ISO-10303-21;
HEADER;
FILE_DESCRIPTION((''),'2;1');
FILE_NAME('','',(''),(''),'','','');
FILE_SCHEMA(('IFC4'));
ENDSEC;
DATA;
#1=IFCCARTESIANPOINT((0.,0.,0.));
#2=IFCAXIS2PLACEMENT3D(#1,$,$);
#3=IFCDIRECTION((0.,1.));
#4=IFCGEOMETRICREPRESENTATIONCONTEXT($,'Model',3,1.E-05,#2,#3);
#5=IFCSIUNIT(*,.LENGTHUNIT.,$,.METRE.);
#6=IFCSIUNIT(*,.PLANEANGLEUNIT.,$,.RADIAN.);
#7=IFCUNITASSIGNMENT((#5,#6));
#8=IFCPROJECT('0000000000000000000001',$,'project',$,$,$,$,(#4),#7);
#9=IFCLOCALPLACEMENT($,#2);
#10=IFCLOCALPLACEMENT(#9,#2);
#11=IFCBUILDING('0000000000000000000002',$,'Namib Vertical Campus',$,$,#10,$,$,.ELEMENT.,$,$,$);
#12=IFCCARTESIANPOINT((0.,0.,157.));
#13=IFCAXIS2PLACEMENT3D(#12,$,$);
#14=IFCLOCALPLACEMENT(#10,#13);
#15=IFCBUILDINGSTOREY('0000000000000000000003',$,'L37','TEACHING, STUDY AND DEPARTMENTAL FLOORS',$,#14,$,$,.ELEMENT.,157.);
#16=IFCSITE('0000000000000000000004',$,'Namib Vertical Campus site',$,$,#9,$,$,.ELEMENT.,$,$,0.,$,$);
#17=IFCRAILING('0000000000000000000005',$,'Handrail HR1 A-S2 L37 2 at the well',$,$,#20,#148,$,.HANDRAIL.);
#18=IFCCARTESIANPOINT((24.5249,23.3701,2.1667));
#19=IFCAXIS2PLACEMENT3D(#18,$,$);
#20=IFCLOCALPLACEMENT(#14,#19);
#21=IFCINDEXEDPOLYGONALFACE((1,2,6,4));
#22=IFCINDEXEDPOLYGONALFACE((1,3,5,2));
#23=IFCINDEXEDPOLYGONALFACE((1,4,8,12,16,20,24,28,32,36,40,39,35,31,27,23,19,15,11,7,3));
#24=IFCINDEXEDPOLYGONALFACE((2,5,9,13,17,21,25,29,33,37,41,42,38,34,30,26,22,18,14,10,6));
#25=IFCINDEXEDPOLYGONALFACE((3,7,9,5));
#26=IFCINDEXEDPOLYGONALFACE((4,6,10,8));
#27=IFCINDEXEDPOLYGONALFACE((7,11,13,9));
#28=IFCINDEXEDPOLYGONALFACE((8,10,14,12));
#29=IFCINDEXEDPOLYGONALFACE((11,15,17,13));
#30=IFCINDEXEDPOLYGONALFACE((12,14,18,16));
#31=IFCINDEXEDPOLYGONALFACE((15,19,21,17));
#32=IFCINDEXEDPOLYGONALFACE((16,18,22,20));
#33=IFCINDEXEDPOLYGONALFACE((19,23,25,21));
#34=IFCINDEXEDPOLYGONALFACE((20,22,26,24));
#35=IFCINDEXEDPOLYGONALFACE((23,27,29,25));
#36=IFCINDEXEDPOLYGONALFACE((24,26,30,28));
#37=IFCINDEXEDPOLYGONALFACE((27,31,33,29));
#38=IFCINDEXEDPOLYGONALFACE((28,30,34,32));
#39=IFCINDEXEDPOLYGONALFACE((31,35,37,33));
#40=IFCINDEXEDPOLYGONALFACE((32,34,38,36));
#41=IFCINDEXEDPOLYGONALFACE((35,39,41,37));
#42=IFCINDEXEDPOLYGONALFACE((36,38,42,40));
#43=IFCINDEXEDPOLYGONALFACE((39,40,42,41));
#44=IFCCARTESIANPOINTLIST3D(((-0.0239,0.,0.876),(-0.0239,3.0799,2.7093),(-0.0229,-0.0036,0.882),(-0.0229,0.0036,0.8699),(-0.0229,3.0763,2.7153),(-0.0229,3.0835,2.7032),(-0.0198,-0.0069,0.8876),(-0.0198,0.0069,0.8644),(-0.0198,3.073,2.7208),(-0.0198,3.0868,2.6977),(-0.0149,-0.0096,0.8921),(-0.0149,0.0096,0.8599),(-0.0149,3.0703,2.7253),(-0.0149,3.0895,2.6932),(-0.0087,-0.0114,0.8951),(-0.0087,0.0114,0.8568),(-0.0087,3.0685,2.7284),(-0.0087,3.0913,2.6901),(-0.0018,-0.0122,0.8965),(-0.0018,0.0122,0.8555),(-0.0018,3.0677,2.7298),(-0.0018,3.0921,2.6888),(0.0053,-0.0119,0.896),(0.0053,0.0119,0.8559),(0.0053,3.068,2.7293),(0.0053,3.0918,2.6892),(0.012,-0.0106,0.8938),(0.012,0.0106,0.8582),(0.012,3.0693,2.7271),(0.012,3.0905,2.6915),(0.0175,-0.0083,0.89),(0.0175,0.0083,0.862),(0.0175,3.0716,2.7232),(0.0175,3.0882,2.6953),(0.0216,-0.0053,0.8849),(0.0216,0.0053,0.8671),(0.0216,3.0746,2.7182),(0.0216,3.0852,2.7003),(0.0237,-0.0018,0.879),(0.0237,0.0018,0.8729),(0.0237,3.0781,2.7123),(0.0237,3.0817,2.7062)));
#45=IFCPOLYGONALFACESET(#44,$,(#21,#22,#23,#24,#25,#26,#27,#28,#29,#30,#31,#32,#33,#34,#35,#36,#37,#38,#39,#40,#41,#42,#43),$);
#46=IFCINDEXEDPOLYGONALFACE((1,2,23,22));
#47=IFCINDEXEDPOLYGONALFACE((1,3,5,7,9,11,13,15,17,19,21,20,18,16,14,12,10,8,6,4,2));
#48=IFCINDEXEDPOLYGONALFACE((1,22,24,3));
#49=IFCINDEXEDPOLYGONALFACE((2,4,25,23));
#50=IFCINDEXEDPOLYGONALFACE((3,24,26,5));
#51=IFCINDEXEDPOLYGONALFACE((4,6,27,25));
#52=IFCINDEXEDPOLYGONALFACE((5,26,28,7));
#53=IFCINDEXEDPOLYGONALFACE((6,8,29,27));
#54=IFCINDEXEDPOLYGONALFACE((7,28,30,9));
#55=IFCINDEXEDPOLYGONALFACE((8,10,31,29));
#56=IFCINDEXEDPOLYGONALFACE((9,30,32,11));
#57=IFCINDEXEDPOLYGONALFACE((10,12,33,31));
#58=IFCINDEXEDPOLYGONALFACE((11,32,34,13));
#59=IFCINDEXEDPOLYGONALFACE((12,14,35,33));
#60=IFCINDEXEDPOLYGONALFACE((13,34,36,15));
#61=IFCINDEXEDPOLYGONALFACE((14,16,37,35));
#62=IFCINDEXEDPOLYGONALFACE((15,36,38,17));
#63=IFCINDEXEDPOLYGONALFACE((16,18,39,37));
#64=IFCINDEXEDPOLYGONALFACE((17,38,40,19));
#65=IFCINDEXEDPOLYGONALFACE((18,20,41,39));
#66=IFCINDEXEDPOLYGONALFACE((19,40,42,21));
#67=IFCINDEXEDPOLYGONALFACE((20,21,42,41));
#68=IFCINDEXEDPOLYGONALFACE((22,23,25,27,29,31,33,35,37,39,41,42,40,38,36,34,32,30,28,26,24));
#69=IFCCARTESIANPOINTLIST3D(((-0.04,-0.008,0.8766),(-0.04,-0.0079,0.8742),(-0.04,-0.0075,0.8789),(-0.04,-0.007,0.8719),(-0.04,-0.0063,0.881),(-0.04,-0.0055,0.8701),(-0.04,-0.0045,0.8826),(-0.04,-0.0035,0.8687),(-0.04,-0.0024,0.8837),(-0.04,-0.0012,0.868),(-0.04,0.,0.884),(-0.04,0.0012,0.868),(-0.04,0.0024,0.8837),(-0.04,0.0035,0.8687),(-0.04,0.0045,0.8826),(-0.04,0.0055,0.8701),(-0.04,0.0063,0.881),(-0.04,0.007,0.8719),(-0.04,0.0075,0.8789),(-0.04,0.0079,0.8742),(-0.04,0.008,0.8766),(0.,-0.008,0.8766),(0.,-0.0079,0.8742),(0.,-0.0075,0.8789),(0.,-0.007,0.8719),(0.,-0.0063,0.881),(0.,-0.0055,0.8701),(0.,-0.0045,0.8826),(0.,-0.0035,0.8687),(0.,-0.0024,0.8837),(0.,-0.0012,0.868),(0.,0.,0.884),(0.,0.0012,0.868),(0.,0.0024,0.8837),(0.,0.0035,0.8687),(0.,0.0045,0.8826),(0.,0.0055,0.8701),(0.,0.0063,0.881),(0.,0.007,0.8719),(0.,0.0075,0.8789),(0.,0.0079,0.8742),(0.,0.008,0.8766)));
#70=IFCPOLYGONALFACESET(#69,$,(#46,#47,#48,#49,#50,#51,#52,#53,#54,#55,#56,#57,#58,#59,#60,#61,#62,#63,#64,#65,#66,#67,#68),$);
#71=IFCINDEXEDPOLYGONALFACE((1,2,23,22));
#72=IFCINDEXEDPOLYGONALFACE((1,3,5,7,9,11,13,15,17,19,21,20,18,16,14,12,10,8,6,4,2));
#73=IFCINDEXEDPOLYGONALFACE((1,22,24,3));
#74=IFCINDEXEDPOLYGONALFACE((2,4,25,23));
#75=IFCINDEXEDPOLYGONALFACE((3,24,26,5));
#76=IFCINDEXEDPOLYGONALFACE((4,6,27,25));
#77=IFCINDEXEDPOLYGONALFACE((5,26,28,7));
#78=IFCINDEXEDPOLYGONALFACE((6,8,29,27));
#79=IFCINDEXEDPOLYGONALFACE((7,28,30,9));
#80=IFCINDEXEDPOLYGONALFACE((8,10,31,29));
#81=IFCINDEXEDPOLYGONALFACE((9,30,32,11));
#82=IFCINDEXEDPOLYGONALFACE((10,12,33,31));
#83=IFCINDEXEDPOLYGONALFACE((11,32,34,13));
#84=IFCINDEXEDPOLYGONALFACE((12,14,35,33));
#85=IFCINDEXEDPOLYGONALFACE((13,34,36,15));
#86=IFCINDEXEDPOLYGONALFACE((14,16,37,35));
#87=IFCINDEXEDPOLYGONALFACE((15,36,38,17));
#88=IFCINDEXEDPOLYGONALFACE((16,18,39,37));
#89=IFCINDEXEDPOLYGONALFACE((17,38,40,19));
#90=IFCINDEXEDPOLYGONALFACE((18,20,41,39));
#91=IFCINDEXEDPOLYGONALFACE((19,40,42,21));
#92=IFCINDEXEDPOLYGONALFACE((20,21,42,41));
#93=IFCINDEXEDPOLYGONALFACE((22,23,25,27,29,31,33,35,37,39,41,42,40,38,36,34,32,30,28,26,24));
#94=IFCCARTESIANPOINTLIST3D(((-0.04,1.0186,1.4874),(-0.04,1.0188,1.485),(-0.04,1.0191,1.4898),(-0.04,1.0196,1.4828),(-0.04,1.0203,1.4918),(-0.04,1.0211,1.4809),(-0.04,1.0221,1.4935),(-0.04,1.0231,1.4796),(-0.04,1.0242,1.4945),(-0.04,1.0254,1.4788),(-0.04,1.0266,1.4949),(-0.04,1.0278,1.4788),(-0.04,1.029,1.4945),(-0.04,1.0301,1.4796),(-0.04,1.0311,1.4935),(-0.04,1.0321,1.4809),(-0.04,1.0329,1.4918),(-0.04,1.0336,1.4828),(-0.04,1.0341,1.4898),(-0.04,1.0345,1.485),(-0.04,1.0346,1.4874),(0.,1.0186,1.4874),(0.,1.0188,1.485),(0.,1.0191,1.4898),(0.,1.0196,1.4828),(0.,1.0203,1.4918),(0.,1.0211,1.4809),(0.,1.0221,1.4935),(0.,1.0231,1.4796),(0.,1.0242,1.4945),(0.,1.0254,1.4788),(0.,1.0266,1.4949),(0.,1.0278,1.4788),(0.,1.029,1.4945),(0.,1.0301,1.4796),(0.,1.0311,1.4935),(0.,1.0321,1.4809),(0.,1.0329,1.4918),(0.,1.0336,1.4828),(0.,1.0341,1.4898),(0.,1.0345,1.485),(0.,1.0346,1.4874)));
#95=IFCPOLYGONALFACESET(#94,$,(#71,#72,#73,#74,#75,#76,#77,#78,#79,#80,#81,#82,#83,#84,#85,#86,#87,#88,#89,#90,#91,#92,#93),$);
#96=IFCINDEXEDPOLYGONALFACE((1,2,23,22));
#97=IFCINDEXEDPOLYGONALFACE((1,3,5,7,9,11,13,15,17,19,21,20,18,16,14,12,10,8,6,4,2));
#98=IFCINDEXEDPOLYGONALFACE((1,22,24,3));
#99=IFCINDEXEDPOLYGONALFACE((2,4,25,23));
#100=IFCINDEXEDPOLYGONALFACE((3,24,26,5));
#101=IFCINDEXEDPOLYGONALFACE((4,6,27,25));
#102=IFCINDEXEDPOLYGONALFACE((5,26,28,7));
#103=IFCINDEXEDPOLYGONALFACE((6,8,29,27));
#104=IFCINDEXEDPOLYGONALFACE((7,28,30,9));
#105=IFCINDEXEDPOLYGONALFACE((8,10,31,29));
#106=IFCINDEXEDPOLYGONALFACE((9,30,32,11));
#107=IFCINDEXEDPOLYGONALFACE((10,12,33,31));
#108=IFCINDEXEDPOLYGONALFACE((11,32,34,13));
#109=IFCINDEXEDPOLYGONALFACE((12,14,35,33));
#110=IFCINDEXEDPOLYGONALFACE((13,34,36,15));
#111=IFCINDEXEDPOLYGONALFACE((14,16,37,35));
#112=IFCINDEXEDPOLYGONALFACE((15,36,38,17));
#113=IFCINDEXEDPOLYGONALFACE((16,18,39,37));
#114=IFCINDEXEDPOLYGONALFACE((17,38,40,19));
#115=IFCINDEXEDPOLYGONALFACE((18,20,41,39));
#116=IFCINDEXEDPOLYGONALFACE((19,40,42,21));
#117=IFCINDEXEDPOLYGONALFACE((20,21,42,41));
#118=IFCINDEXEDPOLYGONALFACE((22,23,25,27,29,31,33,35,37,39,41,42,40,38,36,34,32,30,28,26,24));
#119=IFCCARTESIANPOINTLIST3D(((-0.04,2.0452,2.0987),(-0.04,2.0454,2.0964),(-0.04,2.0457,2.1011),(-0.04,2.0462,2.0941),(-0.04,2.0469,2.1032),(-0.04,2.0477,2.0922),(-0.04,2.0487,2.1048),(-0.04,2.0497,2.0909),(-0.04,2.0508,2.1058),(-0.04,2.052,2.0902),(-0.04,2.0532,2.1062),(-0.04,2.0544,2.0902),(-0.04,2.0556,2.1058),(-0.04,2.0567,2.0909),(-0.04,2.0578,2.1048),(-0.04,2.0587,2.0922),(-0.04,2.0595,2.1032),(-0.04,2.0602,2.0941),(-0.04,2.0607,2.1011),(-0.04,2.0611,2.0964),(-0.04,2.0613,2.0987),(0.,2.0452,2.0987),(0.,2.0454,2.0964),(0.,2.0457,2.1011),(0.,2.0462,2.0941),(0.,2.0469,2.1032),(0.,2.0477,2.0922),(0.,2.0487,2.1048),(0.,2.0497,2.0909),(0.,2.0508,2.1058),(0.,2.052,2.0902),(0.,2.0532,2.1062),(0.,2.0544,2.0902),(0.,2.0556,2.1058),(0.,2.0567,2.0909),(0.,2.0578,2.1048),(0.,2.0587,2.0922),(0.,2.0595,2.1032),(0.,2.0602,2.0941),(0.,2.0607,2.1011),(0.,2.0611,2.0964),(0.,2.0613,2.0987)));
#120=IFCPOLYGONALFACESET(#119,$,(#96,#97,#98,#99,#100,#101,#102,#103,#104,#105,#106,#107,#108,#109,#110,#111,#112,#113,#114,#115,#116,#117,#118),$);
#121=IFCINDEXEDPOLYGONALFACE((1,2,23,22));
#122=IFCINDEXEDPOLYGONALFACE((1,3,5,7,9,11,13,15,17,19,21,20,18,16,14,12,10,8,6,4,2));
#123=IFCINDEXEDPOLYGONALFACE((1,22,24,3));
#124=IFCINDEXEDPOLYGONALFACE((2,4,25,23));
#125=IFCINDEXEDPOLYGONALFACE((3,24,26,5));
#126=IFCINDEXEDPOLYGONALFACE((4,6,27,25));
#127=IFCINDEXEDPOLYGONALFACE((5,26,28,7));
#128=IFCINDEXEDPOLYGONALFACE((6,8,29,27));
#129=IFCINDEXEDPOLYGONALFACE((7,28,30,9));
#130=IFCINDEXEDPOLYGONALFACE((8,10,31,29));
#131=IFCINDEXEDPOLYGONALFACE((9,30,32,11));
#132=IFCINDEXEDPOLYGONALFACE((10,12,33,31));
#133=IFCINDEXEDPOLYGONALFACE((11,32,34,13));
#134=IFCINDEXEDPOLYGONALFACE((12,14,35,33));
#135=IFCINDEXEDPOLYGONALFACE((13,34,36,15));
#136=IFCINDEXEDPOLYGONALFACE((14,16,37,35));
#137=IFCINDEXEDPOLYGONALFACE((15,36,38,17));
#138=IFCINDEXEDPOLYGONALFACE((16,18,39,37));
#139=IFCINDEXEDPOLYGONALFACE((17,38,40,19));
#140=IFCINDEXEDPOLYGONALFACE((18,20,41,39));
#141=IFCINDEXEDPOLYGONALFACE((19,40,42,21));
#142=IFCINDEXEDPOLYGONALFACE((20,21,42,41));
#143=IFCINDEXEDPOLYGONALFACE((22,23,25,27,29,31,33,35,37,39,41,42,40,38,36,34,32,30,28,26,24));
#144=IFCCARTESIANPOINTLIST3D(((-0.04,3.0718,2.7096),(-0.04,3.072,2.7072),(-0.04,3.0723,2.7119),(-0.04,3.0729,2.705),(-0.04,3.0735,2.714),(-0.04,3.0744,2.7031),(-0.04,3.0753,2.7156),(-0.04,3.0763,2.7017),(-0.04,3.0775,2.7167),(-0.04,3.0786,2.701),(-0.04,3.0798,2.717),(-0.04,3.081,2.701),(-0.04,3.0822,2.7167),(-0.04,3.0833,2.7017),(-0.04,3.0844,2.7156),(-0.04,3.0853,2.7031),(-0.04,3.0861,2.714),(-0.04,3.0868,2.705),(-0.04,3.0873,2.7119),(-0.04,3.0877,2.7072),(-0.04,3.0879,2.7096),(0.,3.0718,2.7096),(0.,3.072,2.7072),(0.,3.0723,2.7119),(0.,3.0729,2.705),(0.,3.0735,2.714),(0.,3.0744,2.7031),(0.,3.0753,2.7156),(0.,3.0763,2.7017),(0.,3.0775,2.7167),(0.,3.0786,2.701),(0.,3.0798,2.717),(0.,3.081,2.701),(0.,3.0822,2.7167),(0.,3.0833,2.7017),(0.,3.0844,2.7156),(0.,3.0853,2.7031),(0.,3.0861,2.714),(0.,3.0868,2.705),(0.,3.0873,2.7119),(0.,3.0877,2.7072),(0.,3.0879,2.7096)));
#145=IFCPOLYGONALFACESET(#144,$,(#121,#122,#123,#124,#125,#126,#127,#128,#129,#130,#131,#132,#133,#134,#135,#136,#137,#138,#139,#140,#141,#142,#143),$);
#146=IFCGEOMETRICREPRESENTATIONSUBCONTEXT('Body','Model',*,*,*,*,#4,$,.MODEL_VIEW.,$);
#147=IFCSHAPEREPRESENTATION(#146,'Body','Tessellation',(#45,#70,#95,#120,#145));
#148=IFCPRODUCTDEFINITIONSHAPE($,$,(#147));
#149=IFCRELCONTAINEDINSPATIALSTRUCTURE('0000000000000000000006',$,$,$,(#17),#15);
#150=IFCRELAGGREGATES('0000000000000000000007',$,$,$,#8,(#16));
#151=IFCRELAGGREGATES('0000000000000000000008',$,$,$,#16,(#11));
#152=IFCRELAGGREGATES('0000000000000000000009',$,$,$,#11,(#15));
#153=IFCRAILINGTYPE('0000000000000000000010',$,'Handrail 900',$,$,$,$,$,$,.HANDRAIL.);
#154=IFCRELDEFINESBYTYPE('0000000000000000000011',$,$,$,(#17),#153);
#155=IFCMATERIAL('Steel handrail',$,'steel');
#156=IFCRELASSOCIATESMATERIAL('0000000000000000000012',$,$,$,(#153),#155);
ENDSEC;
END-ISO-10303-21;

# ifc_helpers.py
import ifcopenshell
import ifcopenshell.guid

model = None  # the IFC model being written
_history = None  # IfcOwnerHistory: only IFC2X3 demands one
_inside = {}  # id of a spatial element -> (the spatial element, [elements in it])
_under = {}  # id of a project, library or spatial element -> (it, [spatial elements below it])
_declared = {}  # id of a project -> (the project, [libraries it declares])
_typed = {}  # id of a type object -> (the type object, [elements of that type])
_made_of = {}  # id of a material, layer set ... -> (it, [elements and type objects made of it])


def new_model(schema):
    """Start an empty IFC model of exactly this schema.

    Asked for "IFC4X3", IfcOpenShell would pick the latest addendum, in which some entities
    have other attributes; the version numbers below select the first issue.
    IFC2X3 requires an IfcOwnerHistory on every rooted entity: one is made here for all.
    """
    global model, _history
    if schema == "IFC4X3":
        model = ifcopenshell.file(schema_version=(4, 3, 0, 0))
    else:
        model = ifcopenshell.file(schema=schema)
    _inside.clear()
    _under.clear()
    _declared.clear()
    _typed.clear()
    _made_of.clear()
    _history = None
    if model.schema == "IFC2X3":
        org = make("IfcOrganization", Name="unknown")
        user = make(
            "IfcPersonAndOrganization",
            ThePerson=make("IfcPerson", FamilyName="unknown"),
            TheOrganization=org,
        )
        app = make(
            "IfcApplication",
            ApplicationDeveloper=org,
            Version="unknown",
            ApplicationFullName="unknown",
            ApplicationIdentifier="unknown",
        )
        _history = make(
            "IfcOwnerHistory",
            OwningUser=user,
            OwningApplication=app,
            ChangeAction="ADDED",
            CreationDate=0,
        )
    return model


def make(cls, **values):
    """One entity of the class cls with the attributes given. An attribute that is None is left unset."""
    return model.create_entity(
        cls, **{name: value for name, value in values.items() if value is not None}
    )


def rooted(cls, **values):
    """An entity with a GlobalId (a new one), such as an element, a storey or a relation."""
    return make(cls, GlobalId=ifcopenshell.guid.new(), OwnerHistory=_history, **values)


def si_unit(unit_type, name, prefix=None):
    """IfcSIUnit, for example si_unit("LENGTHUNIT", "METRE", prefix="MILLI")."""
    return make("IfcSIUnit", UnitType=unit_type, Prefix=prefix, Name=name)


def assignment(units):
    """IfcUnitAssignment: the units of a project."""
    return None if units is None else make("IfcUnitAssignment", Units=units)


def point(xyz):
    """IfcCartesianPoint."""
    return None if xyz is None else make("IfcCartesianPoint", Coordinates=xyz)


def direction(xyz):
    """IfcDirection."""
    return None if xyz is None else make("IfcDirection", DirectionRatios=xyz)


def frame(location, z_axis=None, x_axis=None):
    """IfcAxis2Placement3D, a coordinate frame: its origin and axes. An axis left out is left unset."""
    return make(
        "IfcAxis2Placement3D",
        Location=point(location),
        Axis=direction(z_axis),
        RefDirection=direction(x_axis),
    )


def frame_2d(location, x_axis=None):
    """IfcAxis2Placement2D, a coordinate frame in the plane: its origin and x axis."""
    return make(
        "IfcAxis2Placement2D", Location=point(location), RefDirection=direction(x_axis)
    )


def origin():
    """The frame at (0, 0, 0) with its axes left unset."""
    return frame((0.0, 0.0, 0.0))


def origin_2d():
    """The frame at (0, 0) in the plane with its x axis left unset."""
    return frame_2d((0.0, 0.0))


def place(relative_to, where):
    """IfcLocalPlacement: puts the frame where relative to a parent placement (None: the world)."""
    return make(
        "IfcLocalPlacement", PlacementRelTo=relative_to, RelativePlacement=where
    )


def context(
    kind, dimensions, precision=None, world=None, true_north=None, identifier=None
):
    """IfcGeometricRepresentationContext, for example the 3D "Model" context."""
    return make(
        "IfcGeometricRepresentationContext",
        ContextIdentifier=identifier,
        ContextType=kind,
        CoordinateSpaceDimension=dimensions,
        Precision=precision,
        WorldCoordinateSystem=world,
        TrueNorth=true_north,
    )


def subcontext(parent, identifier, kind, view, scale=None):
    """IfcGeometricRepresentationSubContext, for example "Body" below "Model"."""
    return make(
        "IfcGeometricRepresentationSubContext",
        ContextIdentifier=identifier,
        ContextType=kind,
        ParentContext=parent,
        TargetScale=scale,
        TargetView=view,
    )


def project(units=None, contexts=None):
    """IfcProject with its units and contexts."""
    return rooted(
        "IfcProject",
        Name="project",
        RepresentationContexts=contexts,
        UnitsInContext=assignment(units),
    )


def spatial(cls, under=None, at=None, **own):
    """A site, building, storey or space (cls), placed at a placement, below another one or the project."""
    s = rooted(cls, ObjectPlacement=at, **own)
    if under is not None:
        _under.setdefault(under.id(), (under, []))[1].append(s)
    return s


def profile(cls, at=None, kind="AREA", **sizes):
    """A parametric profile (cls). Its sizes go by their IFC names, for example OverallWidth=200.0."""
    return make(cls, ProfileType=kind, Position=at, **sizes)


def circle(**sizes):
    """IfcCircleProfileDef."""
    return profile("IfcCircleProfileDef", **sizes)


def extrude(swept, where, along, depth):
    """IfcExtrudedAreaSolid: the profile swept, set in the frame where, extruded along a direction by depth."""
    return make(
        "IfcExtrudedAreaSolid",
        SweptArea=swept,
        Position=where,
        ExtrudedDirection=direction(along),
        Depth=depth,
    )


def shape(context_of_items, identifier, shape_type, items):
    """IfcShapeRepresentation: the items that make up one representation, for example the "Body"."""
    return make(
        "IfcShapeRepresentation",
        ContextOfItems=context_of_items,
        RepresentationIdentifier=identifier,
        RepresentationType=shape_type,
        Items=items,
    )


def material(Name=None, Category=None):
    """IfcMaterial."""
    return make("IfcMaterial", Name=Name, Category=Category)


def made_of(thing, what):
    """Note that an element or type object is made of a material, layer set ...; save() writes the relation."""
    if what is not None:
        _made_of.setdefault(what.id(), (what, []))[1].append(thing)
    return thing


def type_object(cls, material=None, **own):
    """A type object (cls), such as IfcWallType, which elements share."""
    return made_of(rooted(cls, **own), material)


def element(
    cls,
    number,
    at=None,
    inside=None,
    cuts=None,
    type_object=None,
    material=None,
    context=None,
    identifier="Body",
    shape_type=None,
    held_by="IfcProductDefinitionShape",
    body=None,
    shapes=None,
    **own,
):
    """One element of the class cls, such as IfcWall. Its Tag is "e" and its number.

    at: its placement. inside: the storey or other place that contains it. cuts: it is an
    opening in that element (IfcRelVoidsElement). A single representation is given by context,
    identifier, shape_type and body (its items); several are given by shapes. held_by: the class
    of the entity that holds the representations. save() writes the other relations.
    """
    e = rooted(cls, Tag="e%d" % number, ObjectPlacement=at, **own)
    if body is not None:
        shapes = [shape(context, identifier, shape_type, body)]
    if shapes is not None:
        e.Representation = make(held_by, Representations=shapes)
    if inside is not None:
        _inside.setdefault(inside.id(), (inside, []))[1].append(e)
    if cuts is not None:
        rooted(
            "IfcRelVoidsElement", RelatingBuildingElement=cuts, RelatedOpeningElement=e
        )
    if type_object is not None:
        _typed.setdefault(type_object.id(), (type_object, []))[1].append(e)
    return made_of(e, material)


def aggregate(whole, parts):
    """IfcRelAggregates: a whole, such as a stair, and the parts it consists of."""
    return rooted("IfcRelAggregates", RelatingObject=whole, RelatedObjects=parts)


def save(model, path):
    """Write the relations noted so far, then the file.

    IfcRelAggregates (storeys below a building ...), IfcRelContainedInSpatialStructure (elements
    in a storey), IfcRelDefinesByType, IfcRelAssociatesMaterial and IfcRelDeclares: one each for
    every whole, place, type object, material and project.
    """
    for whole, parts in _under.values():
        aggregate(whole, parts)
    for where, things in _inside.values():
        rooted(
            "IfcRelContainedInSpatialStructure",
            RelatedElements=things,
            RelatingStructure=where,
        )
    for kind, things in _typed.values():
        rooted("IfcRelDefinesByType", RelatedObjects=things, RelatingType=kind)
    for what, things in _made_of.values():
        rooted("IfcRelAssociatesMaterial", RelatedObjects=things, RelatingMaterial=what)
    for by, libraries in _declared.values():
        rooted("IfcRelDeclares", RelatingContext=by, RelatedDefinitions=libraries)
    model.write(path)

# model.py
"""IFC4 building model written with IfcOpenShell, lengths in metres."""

from ifc_helpers import new_model, si_unit, direction, frame, origin, origin_2d, place, context, subcontext, project, spatial, circle, extrude, material, type_object, element, save


model = new_model("IFC4")

# Units and contexts
model_context = context("Model", 3, precision=1e-05, world=origin(), true_north=direction((0.0, 1.0)))
body_context = subcontext(model_context, "Body", "Model", "MODEL_VIEW")
ifc_project = project(units=[si_unit("LENGTHUNIT", "METRE"), si_unit("PLANEANGLEUNIT", "RADIAN")], contexts=[model_context])

# Site, building, storey
site_placement = place(None, origin())
site = spatial("IfcSite", under=ifc_project, at=site_placement, Name="Namib Vertical Campus site", CompositionType="ELEMENT", RefElevation=0.0)
building_placement = place(site_placement, origin())
building = spatial("IfcBuilding", under=site, at=building_placement, Name="Namib Vertical Campus", CompositionType="ELEMENT")
storey_placement = place(building_placement, frame((0.0, 0.0, 157.0)))
storey = spatial("IfcBuildingStorey", under=building, at=storey_placement, Name="L37", Description="TEACHING, STUDY AND DEPARTMENTAL FLOORS", CompositionType="ELEMENT", Elevation=157.0)

# Railing
ifc_material_1 = material(Name="Steel handrail", Category="steel")
railing_type_1 = type_object("IfcRailingType", Name="Handrail 900", PredefinedType="HANDRAIL", material=ifc_material_1)
railing_1_placement = place(storey_placement, frame((24.5249, 23.3701, 2.1667)))
element("IfcRailing", 1, at=railing_1_placement, inside=storey, type_object=railing_type_1, Name="Handrail HR1 A-S2 L37 2 at the well", PredefinedType="HANDRAIL", context=body_context, shape_type="SweptSolid", body=[
    extrude(circle(Radius=0.0239, at=origin_2d()), frame((0.0, 0.0, 0.876), z_axis=(0.0, 0.859291, 0.511487), x_axis=(-1.0, 0.0, 0.0)), (0.0, 0.0, 1.0), 3.5842),
    extrude(circle(Radius=0.0081, at=origin_2d()), frame((0.0, 0.0, 0.876), z_axis=(-1.0, 0.0, 0.0), x_axis=(0.0, 0.0, 1.0)), (0.0, 0.0, 1.0), 0.04),
    extrude(circle(Radius=0.0081, at=origin_2d()), frame((0.0, 1.0266, 1.4868), z_axis=(-1.0, 0.0, 0.0), x_axis=(0.0, 0.0, 1.0)), (0.0, 0.0, 1.0), 0.04),
    extrude(circle(Radius=0.0081, at=origin_2d()), frame((0.0, 2.0532, 2.0981), z_axis=(-1.0, 0.0, 0.0), x_axis=(0.0, 0.0, 1.0)), (0.0, 0.0, 1.0), 0.04),
    extrude(circle(Radius=0.0081, at=origin_2d()), frame((0.0, 3.0798, 2.709), z_axis=(-1.0, 0.0, 0.0), x_axis=(0.0, 0.0, 1.0)), (0.0, 0.0, 1.0), 0.04),
])

save(model, "model.ifc")
